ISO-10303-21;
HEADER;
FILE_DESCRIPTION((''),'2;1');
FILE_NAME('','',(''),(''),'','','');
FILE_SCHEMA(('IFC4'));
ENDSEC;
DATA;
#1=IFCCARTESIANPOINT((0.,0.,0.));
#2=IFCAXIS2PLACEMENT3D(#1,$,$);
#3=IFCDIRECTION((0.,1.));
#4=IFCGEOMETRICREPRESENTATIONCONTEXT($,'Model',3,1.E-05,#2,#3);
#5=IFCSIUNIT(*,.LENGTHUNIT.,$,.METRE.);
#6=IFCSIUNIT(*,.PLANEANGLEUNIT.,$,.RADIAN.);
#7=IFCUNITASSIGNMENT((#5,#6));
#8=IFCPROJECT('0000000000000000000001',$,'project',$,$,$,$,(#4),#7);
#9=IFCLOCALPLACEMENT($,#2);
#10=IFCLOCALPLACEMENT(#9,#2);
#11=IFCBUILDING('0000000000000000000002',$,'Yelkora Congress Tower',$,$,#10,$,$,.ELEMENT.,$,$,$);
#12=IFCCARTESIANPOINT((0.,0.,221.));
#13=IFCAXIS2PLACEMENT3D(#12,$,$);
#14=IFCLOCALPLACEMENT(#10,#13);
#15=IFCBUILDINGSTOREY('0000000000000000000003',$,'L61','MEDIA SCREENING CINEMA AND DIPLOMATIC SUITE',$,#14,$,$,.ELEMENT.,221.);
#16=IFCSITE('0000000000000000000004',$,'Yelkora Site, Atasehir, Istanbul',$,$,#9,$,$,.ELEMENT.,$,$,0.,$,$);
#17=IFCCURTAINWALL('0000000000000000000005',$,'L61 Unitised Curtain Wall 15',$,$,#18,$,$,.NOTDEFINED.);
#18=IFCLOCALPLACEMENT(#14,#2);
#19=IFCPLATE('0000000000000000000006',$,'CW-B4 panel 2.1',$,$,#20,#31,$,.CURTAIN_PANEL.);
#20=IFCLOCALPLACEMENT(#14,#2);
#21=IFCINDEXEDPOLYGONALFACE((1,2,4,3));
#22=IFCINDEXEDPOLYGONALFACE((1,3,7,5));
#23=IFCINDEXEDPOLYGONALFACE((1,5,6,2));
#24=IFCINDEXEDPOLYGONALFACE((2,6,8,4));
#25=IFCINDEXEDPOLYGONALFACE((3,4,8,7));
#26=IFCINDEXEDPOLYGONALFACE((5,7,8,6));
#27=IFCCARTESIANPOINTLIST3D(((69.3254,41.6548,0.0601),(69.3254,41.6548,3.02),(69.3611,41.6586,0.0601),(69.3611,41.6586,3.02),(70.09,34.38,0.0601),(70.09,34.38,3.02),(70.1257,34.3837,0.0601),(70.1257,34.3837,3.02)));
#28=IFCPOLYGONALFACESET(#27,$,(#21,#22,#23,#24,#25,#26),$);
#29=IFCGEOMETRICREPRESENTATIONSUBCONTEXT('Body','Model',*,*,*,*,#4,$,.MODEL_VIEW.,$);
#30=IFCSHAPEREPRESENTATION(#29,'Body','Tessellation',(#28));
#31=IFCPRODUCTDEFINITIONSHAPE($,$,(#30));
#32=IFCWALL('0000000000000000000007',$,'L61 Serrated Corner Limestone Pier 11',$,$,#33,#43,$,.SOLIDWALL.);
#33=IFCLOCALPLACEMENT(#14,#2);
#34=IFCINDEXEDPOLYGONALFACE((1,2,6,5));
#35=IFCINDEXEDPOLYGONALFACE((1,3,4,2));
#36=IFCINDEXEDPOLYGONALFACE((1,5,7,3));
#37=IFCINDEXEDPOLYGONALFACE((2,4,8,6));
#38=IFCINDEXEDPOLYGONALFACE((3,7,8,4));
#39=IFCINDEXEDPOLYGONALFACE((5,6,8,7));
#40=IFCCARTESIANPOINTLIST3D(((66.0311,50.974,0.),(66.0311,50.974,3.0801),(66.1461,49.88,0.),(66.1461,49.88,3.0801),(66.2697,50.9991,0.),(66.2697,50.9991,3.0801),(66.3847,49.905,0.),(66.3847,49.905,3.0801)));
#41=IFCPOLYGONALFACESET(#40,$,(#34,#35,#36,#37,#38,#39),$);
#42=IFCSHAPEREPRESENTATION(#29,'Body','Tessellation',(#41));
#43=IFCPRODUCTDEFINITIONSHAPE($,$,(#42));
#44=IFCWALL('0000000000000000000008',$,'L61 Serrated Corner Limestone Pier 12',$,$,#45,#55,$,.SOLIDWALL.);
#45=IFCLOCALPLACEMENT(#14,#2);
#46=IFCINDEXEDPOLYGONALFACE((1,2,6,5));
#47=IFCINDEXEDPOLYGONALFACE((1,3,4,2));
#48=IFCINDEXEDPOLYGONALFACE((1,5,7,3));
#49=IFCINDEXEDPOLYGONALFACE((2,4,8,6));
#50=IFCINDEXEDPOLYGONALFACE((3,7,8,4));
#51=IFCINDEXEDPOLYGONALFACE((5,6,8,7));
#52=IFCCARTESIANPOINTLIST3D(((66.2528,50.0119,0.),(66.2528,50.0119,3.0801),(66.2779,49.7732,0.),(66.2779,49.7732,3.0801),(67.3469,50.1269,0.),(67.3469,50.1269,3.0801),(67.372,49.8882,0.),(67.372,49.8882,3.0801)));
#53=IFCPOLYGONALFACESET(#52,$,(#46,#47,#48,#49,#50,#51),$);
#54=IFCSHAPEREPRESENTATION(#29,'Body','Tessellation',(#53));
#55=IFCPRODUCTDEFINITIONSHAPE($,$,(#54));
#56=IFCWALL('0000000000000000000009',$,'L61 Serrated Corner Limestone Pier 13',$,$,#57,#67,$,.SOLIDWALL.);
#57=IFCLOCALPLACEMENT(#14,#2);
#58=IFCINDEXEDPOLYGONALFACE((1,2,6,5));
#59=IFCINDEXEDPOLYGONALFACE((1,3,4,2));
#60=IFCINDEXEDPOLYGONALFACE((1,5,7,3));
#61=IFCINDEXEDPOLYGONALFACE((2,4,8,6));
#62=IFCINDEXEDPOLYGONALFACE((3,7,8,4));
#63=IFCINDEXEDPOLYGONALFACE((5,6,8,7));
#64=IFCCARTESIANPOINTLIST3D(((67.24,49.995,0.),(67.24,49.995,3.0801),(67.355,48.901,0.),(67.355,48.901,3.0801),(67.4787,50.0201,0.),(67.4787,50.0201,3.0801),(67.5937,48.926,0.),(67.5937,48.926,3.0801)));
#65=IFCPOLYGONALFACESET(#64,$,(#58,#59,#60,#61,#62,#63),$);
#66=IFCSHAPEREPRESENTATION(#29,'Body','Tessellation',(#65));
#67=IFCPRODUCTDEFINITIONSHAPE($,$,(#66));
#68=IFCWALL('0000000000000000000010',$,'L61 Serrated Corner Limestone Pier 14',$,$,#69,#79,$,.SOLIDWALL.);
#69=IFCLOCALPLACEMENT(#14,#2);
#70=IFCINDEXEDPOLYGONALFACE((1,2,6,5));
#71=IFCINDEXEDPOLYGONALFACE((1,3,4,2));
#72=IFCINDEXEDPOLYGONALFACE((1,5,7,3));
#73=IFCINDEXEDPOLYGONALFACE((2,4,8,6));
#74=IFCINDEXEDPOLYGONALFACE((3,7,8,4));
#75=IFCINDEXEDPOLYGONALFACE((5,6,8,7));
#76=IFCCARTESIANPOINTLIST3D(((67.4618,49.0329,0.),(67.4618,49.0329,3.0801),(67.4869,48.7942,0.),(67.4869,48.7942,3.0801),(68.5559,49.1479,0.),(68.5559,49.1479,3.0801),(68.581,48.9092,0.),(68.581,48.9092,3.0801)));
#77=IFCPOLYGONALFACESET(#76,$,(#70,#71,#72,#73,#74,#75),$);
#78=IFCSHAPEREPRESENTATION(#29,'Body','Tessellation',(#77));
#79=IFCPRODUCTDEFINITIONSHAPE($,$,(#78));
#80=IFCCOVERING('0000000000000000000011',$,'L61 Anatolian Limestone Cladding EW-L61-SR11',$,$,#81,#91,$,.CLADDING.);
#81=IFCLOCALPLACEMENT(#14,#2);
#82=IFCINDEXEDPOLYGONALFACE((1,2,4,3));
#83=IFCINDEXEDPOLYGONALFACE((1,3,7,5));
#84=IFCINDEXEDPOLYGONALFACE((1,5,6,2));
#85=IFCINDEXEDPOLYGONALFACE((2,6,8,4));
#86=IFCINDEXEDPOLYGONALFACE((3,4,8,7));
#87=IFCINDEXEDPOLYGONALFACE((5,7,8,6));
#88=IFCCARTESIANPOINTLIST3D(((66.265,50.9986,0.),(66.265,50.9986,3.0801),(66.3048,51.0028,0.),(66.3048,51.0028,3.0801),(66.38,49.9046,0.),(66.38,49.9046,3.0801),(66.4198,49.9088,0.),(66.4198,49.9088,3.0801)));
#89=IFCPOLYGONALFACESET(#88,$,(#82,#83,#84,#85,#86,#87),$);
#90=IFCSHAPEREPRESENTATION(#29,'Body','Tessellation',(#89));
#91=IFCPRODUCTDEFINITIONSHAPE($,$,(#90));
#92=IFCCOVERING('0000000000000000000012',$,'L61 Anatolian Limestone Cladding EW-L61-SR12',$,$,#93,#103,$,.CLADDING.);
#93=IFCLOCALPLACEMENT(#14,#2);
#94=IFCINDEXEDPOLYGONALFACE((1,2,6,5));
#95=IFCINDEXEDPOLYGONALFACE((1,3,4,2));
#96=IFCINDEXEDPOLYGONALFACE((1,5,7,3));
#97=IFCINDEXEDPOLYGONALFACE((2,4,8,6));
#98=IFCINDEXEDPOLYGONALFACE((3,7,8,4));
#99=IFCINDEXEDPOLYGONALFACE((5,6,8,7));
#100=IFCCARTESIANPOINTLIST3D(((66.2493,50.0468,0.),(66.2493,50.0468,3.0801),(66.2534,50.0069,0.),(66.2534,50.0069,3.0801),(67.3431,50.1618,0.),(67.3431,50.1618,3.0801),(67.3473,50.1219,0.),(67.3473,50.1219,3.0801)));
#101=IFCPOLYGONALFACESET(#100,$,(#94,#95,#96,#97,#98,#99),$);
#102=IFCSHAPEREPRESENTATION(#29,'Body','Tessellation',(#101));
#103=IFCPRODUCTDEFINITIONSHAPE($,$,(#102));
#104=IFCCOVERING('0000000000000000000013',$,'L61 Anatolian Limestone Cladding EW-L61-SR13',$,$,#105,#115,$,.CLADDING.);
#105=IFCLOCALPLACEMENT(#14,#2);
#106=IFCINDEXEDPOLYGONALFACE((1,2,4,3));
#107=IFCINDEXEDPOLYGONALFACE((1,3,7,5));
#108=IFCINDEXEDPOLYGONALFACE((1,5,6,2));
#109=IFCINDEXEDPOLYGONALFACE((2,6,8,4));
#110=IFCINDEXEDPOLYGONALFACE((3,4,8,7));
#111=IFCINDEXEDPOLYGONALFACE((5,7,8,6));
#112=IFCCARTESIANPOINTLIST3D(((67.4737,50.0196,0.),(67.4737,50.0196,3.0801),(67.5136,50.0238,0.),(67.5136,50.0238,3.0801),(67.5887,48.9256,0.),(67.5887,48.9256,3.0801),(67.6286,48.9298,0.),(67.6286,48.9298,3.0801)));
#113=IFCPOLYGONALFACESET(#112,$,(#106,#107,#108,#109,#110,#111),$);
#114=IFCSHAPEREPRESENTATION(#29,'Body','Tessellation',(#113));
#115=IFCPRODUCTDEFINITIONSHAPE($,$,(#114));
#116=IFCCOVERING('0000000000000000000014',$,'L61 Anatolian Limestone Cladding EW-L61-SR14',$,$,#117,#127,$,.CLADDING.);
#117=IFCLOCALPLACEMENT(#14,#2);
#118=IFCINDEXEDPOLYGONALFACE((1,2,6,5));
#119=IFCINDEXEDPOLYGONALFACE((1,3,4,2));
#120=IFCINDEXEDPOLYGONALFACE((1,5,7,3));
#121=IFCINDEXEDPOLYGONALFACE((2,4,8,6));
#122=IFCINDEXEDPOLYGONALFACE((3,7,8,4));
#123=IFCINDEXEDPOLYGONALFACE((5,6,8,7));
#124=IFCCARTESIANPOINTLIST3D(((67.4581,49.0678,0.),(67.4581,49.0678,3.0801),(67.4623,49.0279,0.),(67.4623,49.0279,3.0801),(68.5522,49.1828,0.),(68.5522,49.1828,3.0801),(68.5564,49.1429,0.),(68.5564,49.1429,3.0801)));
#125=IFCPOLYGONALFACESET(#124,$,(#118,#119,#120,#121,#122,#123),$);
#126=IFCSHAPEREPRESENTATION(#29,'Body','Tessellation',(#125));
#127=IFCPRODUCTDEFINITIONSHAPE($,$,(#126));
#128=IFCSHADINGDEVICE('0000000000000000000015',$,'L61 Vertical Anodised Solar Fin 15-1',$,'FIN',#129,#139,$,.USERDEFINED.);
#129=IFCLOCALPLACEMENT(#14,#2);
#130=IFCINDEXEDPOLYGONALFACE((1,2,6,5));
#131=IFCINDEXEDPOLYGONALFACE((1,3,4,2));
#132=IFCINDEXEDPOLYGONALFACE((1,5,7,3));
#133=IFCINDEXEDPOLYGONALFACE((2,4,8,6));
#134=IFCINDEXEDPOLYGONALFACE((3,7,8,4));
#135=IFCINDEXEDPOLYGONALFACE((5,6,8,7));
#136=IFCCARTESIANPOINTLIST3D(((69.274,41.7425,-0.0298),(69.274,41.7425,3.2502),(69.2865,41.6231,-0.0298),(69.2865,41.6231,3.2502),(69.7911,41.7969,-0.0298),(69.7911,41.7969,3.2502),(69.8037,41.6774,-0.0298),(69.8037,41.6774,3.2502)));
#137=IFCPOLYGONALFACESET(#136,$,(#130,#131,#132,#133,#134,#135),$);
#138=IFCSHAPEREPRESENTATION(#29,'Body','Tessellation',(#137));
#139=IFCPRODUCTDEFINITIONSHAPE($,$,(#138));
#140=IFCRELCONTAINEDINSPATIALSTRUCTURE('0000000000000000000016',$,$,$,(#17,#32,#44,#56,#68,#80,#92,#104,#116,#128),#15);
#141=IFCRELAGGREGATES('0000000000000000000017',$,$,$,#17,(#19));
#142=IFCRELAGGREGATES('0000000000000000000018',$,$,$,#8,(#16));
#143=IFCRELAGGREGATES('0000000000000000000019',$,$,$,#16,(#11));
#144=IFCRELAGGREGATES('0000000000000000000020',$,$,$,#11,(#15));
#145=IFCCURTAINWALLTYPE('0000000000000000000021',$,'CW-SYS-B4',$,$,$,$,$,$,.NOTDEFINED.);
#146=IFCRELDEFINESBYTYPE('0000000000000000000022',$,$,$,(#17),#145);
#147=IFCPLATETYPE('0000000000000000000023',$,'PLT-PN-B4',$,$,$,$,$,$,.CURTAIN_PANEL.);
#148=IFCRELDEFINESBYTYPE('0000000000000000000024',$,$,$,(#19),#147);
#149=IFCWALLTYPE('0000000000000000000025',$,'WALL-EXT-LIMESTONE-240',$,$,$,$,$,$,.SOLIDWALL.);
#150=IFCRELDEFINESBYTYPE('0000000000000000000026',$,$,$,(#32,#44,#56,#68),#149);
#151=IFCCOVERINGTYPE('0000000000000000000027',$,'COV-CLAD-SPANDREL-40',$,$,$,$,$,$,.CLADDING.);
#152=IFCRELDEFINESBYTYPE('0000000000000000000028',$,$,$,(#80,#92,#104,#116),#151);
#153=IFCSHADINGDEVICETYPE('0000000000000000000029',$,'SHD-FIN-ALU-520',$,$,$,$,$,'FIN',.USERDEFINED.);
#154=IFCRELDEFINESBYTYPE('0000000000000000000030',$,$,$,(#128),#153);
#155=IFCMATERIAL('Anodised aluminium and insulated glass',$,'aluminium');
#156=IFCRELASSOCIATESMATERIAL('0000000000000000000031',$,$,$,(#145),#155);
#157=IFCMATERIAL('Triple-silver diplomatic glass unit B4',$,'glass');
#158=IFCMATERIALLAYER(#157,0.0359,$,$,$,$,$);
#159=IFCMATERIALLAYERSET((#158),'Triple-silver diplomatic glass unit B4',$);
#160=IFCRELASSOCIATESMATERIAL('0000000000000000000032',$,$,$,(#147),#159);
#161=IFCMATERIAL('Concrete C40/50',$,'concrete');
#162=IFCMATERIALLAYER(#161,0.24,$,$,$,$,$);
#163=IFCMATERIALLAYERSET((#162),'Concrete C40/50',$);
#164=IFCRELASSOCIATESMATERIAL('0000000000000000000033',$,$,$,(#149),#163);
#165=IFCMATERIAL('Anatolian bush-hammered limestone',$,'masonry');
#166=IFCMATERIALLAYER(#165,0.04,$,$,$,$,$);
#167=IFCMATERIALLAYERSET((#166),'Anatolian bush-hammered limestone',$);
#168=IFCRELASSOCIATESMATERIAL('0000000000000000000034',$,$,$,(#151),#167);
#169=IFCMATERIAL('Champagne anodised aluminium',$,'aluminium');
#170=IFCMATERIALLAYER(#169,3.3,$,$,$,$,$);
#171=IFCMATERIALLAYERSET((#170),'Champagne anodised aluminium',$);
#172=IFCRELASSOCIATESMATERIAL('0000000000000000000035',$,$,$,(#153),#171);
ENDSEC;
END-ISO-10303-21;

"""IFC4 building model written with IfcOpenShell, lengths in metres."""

from ifc_helpers import new_model, si_unit, direction, frame, frame_2d, origin, origin_2d, place, context, subcontext, project, spatial, rectangle, extrude, material, layer, layer_set, type_object, element, aggregate, save


model = new_model("IFC4")

# Units and contexts
model_context = context("Model", 3, precision=1e-05, world=origin(), true_north=direction((0.0, 1.0)))
body_context = subcontext(model_context, "Body", "Model", "MODEL_VIEW")
ifc_project = project(units=[si_unit("LENGTHUNIT", "METRE"), si_unit("PLANEANGLEUNIT", "RADIAN")], contexts=[model_context])

# Site, building, storey
site_placement = place(None, origin())
site = spatial("IfcSite", under=ifc_project, at=site_placement, Name="Yelkora Site, Atasehir, Istanbul", CompositionType="ELEMENT", RefElevation=0.0)
building_placement = place(site_placement, origin())
building = spatial("IfcBuilding", under=site, at=building_placement, Name="Yelkora Congress Tower", CompositionType="ELEMENT")
storey_placement = place(building_placement, frame((0.0, 0.0, 221.0)))
storey = spatial("IfcBuildingStorey", under=building, at=storey_placement, Name="L61", Description="MEDIA SCREENING CINEMA AND DIPLOMATIC SUITE", CompositionType="ELEMENT", Elevation=221.0)

# Shared definitions
ifc_material_1 = material(Name="Anodised aluminium and insulated glass", Category="aluminium")
curtain_wall_type = type_object("IfcCurtainWallType", Name="CW-SYS-B4", PredefinedType="NOTDEFINED", material=ifc_material_1)

# Curtain wall, plate
curtain_wall_1_placement = place(storey_placement, origin())
curtain_wall_1 = element("IfcCurtainWall", 1, at=curtain_wall_1_placement, inside=storey, type_object=curtain_wall_type, Name="L61 Unitised Curtain Wall 15", PredefinedType="NOTDEFINED")
ifc_material_2 = material(Name="Triple-silver diplomatic glass unit B4", Category="glass")
ifc_layer_1 = layer(ifc_material_2, 0.0359)
ifc_layer_set_1 = layer_set([ifc_layer_1], Name="Triple-silver diplomatic glass unit B4")
plate_type = type_object("IfcPlateType", Name="PLT-PN-B4", PredefinedType="CURTAIN_PANEL", material=ifc_layer_set_1)
plate_1_placement = place(storey_placement, frame((69.7256, 38.0193, 0.0601), z_axis=(0.0, 0.0, 1.0), x_axis=(0.104526, -0.994522, 0.0)))
plate_1 = element("IfcPlate", 2, at=plate_1_placement, type_object=plate_type, Name="CW-B4 panel 2.1", PredefinedType="CURTAIN_PANEL", context=body_context, shape_type="SweptSolid", body=[
    extrude(rectangle(XDim=7.3149, YDim=0.0359, at=origin_2d()), origin(), (0.0, 0.0, 1.0), 2.96),
])
aggregate(curtain_wall_1, [plate_1])

# Walls
ifc_material_3 = material(Name="Concrete C40/50", Category="concrete")
ifc_layer_2 = layer(ifc_material_3, 0.24)
ifc_layer_set_2 = layer_set([ifc_layer_2], Name="Concrete C40/50")
wall_type = type_object("IfcWallType", Name="WALL-EXT-LIMESTONE-240", PredefinedType="SOLIDWALL", material=ifc_layer_set_2)
for number, where, z_axis, x_axis, name in (
    (3, (66.1504, 50.9866, 0.0), (0.0, 0.0, 1.0), (0.104535, -0.994521, 0.0), "L61 Serrated Corner Limestone Pier 11"),
    (4, (66.2654, 49.8926, 0.0), (0.0, 0.0, 1.0), (0.994521, 0.104535, 0.0), "L61 Serrated Corner Limestone Pier 12"),
    (5, (67.3594, 50.0076, 0.0), (0.0, 0.0, 1.0), (0.104535, -0.994521, 0.0), "L61 Serrated Corner Limestone Pier 13"),
    (6, (67.4744, 48.9136, 0.0), (0.0, 0.0, 1.0), (0.994521, 0.104535, 0.0), "L61 Serrated Corner Limestone Pier 14"),
):
    element("IfcWall", number, at=place(storey_placement, frame(where, z_axis=z_axis, x_axis=x_axis)), inside=storey, type_object=wall_type, Name=name, PredefinedType="SOLIDWALL", context=body_context, shape_type="SweptSolid", body=[
        extrude(rectangle(XDim=1.1001, YDim=0.24, at=frame_2d((0.55, 0.0))), origin(), (0.0, 0.0, 1.0), 3.0801),
    ])

# Coverings
ifc_material_4 = material(Name="Anatolian bush-hammered limestone", Category="masonry")
ifc_layer_3 = layer(ifc_material_4, 0.04)
ifc_layer_set_3 = layer_set([ifc_layer_3], Name="Anatolian bush-hammered limestone")
covering_type = type_object("IfcCoveringType", Name="COV-CLAD-SPANDREL-40", PredefinedType="CLADDING", material=ifc_layer_set_3)
covering_1_placement = place(storey_placement, frame((66.2849, 51.0007, 0.0), z_axis=(0.0, 0.0, 1.0), x_axis=(0.104535, -0.994521, 0.0)))
element("IfcCovering", 7, at=covering_1_placement, inside=storey, type_object=covering_type, Name="L61 Anatolian Limestone Cladding EW-L61-SR11", PredefinedType="CLADDING", context=body_context, shape_type="SweptSolid", body=[
    extrude(rectangle(XDim=1.1001, YDim=0.04, at=frame_2d((0.55, 0.0))), origin(), (0.0, 0.0, 1.0), 3.0801),
])
covering_2_placement = place(storey_placement, frame((66.2515, 50.0269, 0.0), z_axis=(0.0, 0.0, 1.0), x_axis=(0.994519, 0.104558, 0.0)))
element("IfcCovering", 8, at=covering_2_placement, inside=storey, type_object=covering_type, Name="L61 Anatolian Limestone Cladding EW-L61-SR12", PredefinedType="CLADDING", context=body_context, shape_type="SweptSolid", body=[
    extrude(rectangle(XDim=1.0999, YDim=0.04, at=frame_2d((0.5498, 0.0))), origin(), (0.0, 0.0, 1.0), 3.0801),
])
for number, where, z_axis, x_axis, name in (
    (9, (67.4937, 50.0217, 0.0), (0.0, 0.0, 1.0), (0.104535, -0.994521, 0.0), "L61 Anatolian Limestone Cladding EW-L61-SR13"),
    (10, (67.4602, 49.0479, 0.0), (0.0, 0.0, 1.0), (0.994521, 0.104535, 0.0), "L61 Anatolian Limestone Cladding EW-L61-SR14"),
):
    element("IfcCovering", number, at=place(storey_placement, frame(where, z_axis=z_axis, x_axis=x_axis)), inside=storey, type_object=covering_type, Name=name, PredefinedType="CLADDING", context=body_context, shape_type="SweptSolid", body=[
        extrude(rectangle(XDim=1.1001, YDim=0.04, at=frame_2d((0.55, 0.0))), origin(), (0.0, 0.0, 1.0), 3.0801),
    ])

# Shading device
ifc_material_5 = material(Name="Champagne anodised aluminium", Category="aluminium")
ifc_layer_4 = layer(ifc_material_5, 3.3)
ifc_layer_set_4 = layer_set([ifc_layer_4], Name="Champagne anodised aluminium")
shading_device_type = type_object("IfcShadingDeviceType", Name="SHD-FIN-ALU-520", ElementType="FIN", PredefinedType="USERDEFINED", material=ifc_layer_set_4)
shading_device_placement = place(storey_placement, frame((69.5388, 41.71, -0.0298), z_axis=(0.0, 0.0, 1.0), x_axis=(0.104528, -0.994522, 0.0)))
element("IfcShadingDevice", 11, at=shading_device_placement, inside=storey, type_object=shading_device_type, Name="L61 Vertical Anodised Solar Fin 15-1", ObjectType="FIN", PredefinedType="USERDEFINED", context=body_context, shape_type="SweptSolid", body=[
    extrude(rectangle(XDim=0.1201, YDim=0.52, at=origin_2d()), origin(), (0.0, 0.0, 1.0), 3.28),
])

save(model, "model.ifc")
